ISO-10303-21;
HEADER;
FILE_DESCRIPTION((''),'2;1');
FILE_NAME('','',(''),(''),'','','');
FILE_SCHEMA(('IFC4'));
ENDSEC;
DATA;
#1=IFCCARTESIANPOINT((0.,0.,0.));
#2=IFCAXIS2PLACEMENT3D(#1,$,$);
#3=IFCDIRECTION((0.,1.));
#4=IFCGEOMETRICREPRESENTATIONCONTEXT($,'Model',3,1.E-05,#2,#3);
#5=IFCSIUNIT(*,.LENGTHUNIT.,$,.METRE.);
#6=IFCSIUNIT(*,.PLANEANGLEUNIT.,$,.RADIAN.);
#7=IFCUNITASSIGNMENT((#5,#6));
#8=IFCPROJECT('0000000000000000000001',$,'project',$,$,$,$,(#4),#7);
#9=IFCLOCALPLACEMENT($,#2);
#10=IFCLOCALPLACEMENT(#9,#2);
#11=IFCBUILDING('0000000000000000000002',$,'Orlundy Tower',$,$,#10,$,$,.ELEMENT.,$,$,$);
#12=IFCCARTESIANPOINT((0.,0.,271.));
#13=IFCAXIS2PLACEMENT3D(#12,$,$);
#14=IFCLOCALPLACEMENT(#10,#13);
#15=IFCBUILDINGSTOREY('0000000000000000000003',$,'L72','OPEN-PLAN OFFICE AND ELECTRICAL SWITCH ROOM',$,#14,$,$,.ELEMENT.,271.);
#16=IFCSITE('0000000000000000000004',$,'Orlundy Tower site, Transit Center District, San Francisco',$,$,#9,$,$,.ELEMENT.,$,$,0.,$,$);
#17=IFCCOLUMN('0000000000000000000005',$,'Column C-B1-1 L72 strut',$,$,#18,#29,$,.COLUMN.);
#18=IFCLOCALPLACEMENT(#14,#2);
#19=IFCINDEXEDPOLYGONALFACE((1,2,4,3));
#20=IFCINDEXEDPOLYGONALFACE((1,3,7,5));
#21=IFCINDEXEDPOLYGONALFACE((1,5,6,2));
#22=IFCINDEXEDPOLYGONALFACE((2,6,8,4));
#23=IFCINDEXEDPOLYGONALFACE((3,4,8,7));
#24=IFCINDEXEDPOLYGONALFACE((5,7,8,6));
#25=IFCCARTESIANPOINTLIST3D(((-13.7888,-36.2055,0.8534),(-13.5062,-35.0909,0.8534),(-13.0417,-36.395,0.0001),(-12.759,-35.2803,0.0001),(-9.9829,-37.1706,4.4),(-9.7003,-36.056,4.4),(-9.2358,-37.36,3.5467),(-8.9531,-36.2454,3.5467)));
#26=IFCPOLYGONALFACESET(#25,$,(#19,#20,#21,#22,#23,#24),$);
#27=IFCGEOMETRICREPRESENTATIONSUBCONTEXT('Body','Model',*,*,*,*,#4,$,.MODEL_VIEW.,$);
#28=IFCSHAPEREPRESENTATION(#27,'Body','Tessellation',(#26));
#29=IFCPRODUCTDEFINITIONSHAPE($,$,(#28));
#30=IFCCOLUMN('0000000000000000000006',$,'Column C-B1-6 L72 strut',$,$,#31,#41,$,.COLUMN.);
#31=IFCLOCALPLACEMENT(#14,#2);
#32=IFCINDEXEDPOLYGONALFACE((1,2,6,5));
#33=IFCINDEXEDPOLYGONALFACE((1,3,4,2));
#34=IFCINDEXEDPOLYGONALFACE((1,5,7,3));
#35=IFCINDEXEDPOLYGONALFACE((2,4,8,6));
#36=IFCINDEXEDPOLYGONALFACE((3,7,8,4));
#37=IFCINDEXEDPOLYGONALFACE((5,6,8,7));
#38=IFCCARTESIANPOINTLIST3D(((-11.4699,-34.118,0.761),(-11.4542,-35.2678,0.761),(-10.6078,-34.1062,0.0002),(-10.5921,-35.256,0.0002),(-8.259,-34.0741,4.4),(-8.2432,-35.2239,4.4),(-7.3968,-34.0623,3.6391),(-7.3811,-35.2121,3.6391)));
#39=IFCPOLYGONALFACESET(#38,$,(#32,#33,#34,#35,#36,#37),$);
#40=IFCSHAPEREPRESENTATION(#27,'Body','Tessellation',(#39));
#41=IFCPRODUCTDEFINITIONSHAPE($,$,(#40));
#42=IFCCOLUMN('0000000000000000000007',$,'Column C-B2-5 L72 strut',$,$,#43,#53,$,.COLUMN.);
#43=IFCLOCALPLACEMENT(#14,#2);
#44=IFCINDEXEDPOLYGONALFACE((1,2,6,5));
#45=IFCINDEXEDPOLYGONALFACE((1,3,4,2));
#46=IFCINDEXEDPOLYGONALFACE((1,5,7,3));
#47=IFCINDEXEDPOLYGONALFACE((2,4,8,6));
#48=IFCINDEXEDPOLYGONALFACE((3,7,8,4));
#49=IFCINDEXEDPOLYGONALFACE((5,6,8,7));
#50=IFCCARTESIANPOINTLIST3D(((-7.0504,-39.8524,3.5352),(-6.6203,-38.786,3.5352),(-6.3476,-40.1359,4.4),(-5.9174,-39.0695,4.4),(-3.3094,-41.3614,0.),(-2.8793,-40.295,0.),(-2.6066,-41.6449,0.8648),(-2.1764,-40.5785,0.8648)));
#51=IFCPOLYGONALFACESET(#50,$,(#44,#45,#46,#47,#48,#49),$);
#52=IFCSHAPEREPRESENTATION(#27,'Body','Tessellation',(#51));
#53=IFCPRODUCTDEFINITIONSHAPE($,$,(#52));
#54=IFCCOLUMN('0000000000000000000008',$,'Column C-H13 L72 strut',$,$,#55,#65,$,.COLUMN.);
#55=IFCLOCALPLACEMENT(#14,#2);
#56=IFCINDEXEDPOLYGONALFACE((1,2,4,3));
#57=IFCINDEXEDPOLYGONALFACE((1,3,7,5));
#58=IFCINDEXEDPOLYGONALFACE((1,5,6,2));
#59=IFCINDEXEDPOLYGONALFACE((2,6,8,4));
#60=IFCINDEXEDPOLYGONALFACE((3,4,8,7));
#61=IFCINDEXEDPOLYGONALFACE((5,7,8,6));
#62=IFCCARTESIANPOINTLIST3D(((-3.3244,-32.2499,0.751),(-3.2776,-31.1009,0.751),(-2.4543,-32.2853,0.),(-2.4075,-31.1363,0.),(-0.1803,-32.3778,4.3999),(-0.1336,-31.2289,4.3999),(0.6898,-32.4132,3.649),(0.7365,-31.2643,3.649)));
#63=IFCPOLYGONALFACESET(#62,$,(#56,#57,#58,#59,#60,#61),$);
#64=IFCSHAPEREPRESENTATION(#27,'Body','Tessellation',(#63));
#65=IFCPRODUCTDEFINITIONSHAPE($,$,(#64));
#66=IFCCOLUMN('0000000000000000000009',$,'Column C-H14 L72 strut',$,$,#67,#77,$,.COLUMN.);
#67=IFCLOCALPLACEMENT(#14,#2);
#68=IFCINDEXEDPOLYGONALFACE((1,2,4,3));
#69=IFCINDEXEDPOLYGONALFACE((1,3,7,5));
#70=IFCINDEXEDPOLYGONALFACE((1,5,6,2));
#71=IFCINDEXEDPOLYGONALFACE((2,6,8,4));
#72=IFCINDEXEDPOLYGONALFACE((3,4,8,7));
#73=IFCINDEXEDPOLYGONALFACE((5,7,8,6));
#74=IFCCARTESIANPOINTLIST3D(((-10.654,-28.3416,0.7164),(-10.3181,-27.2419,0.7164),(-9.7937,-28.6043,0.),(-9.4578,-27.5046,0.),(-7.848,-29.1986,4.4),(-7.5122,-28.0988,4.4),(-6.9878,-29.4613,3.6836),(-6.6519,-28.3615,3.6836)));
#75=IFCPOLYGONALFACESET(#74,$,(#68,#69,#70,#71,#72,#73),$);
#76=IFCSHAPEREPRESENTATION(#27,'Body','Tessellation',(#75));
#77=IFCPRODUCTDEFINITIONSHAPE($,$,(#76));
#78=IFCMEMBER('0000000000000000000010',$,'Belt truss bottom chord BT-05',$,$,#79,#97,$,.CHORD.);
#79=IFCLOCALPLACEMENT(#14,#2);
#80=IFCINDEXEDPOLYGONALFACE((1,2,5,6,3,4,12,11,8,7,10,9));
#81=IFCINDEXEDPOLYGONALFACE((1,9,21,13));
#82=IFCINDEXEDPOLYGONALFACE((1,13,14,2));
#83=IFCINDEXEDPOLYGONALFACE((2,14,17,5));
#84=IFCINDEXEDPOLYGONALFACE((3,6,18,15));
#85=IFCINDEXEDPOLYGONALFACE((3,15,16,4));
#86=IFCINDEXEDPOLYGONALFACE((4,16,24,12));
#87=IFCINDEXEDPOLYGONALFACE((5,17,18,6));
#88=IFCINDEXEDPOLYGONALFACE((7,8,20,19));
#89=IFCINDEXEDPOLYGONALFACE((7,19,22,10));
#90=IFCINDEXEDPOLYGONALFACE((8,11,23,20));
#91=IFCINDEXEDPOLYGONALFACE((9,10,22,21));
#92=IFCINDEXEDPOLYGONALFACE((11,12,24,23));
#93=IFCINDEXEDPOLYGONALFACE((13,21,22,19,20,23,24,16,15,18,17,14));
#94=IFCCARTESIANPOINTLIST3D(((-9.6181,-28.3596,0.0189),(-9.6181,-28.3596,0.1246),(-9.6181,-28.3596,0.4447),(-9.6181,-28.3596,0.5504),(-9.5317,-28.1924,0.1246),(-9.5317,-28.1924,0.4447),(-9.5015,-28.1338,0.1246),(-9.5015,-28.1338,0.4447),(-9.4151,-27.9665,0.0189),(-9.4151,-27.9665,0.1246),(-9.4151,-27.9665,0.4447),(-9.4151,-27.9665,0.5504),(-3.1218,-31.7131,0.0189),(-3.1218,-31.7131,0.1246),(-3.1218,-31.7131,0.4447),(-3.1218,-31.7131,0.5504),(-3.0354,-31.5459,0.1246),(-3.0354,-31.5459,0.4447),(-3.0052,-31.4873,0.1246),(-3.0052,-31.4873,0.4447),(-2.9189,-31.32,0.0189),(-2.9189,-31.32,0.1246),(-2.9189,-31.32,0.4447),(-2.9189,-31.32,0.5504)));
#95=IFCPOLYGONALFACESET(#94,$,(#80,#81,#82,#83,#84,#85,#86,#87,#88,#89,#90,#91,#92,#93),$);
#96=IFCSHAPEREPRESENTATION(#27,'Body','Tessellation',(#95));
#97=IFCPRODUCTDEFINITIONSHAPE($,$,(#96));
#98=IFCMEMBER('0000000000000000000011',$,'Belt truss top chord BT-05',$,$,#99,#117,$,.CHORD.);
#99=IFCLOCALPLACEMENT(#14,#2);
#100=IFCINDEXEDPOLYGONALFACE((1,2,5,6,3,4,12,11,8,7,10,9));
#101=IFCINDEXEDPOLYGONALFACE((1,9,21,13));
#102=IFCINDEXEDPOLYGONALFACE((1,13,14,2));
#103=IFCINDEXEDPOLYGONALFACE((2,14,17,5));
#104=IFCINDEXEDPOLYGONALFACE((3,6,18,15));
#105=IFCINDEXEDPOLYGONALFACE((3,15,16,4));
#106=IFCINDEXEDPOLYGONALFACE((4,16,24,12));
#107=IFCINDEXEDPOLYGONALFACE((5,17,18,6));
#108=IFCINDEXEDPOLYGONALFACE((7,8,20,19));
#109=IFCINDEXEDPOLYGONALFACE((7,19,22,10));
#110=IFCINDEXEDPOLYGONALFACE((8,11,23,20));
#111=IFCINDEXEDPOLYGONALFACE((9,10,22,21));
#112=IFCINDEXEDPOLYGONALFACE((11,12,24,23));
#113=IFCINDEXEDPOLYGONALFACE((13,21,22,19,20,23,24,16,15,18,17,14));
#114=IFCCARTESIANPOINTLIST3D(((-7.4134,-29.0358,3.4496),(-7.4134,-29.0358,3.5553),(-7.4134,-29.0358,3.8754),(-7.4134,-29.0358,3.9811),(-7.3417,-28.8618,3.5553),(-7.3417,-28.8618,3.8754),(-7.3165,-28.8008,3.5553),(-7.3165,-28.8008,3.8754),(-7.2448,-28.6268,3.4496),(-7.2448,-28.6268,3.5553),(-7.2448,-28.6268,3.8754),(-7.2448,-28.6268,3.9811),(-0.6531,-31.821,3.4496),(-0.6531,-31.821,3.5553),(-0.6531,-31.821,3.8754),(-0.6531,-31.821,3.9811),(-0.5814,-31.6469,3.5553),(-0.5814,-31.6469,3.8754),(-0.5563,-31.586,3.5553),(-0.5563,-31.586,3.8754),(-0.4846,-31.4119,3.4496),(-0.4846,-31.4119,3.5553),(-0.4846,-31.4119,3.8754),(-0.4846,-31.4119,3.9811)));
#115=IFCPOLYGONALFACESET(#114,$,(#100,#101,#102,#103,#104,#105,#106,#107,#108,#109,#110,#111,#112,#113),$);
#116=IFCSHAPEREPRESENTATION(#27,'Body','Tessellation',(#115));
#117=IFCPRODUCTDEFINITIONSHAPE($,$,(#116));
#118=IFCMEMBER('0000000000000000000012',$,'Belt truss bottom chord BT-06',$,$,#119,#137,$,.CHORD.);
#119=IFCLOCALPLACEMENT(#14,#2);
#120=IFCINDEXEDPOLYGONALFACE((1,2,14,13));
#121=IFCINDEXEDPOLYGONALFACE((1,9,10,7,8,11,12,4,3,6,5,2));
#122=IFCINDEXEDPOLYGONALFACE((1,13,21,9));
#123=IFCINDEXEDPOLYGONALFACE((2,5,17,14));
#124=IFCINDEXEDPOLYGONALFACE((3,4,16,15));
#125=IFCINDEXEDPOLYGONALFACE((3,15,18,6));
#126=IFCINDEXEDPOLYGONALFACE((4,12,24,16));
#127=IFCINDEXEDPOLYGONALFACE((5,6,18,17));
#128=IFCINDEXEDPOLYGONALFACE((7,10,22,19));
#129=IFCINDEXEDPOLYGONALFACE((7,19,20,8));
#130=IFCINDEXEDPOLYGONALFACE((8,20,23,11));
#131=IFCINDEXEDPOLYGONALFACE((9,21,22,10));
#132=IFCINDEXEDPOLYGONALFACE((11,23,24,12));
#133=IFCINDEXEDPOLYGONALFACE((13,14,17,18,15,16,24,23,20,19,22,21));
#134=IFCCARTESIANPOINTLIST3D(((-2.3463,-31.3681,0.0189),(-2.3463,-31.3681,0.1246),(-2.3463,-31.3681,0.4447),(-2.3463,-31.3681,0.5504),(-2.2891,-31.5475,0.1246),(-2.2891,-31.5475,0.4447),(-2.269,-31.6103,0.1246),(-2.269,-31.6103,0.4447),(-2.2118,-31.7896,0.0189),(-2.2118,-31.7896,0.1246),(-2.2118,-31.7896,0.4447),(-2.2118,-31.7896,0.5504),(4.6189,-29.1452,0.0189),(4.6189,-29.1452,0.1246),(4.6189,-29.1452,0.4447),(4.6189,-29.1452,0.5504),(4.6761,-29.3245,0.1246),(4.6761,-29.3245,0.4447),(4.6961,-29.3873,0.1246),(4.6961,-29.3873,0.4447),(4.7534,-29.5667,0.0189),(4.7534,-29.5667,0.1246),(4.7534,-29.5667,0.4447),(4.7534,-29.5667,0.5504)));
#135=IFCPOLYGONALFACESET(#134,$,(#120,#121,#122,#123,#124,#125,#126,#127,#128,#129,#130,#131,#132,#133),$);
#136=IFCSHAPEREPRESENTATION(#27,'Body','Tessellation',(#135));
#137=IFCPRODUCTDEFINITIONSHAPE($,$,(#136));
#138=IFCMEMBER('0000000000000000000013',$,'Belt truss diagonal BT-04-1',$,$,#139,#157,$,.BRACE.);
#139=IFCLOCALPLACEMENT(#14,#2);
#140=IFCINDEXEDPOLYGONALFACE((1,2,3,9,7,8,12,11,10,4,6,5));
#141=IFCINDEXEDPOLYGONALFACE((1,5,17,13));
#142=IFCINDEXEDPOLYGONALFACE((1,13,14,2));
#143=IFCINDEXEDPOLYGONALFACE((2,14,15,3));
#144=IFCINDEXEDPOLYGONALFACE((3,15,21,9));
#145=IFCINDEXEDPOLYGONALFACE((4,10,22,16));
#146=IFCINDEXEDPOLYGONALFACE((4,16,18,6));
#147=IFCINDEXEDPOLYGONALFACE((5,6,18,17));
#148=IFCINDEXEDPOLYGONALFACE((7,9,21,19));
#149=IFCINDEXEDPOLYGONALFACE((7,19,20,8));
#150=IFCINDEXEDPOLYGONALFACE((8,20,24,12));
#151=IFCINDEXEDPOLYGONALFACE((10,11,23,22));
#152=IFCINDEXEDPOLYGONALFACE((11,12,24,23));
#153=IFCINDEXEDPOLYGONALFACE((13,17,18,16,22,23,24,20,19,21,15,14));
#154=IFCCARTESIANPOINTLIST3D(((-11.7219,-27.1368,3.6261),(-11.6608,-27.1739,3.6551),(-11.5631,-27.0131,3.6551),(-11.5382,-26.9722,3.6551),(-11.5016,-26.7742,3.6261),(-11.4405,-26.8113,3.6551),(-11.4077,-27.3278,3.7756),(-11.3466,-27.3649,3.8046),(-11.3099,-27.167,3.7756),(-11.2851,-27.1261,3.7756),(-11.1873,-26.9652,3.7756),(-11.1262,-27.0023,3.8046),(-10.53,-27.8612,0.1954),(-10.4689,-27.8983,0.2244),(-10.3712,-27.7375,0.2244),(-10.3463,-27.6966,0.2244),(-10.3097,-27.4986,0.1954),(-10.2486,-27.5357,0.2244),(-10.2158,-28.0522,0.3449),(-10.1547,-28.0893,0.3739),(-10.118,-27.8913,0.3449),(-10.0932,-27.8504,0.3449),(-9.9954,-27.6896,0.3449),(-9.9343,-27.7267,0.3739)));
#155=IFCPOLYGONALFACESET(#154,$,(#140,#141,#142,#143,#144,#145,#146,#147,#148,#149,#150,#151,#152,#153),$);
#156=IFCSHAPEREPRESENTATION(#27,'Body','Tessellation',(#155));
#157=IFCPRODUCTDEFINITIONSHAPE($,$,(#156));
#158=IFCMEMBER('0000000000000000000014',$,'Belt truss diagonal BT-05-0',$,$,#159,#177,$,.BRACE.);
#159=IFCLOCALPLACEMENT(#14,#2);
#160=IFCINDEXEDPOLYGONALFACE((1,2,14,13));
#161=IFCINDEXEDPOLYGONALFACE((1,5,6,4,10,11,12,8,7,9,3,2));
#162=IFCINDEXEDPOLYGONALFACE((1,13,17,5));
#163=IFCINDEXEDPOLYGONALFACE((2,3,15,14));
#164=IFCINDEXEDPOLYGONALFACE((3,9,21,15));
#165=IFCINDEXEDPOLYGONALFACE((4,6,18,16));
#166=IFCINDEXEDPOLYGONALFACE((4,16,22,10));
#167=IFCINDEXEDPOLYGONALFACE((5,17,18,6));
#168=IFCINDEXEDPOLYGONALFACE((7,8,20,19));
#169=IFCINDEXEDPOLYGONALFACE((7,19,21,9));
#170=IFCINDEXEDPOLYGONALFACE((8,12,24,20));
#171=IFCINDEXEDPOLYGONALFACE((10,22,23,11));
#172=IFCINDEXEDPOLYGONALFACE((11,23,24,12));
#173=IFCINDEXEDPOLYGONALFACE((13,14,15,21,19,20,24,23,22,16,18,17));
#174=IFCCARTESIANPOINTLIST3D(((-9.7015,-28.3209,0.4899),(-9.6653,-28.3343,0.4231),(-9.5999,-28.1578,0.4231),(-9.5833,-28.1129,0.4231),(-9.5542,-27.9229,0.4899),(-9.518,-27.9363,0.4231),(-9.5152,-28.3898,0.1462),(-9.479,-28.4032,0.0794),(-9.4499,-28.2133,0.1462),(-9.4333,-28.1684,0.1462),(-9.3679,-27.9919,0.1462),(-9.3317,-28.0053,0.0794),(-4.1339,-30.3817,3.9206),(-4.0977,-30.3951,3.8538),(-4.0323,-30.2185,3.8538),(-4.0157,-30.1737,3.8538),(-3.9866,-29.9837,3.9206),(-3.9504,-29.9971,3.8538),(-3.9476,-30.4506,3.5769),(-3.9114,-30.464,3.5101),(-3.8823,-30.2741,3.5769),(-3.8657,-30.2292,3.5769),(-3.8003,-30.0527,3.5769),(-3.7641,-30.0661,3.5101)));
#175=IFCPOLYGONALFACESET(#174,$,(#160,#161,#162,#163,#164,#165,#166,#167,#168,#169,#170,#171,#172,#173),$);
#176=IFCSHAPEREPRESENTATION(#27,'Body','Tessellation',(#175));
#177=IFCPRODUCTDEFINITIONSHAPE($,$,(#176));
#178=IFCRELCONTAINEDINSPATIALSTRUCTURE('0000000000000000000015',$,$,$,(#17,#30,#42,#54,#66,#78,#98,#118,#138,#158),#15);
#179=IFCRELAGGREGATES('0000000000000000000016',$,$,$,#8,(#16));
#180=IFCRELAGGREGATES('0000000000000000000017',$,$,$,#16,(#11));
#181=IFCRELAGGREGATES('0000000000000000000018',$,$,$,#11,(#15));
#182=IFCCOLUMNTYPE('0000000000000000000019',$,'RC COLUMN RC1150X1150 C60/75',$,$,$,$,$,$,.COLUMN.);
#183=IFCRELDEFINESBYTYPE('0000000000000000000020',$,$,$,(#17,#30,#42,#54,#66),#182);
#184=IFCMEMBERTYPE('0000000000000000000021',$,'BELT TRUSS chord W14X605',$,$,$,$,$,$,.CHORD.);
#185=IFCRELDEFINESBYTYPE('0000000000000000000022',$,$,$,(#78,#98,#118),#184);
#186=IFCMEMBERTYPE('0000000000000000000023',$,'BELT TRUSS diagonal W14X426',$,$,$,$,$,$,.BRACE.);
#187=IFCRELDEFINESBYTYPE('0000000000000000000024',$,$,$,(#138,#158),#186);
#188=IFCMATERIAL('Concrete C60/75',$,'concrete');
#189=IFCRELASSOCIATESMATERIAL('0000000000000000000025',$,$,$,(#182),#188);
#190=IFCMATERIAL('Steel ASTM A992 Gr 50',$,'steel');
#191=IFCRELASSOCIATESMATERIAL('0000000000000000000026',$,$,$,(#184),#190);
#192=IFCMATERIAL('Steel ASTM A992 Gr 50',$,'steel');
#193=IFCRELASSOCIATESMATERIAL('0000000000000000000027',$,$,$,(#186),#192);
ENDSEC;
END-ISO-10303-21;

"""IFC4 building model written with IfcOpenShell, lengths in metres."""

from ifc_helpers import new_model, si_unit, direction, frame, origin, origin_2d, place, context, subcontext, project, spatial, rectangle, i_section, extrude, material, material_profile, profile_set, type_object, element, save


model = new_model("IFC4")

# Units and contexts
model_context = context("Model", 3, precision=1e-05, world=origin(), true_north=direction((0.0, 1.0)))
body_context = subcontext(model_context, "Body", "Model", "MODEL_VIEW")
ifc_project = project(units=[si_unit("LENGTHUNIT", "METRE"), si_unit("PLANEANGLEUNIT", "RADIAN")], contexts=[model_context])

# Site, building, storey
site_placement = place(None, origin())
site = spatial("IfcSite", under=ifc_project, at=site_placement, Name="Orlundy Tower site, Transit Center District, San Francisco", CompositionType="ELEMENT", RefElevation=0.0)
building_placement = place(site_placement, origin())
building = spatial("IfcBuilding", under=site, at=building_placement, Name="Orlundy Tower", CompositionType="ELEMENT")
storey_placement = place(building_placement, frame((0.0, 0.0, 271.0)))
storey = spatial("IfcBuildingStorey", under=building, at=storey_placement, Name="L72", Description="OPEN-PLAN OFFICE AND ELECTRICAL SWITCH ROOM", CompositionType="ELEMENT", Elevation=271.0)

# Columns
ifc_material_1 = material(Name="Concrete C60/75", Category="concrete")
ifc_material_profile_1 = material_profile(ifc_material_1, rectangle(XDim=1.1499, YDim=1.1499, at=origin_2d()), Name="RC1150X1150")
ifc_profile_set_1 = profile_set([ifc_material_profile_1], Name="Concrete C60/75")
column_type = type_object("IfcColumnType", Name="RC COLUMN RC1150X1150 C60/75", PredefinedType="COLUMN", material=ifc_profile_set_1)
column_1_placement = place(storey_placement, frame((-13.2739, -35.7429, 0.4268), z_axis=(0.719314, -0.182401, 0.670311), x_axis=(0.245797, 0.969321, 0.0)))
element("IfcColumn", 1, at=column_1_placement, inside=storey, type_object=column_type, Name="Column C-B1-1 L72 strut", PredefinedType="COLUMN", context=body_context, shape_type="SweptSolid", body=[
    extrude(rectangle(XDim=1.1499, YDim=1.1499, at=origin_2d()), origin(), (0.0, 0.0, 1.0), 5.291),
])
column_2_placement = place(storey_placement, frame((-11.031, -34.687, 0.3806), z_axis=(0.661609, 0.009055, 0.749794), x_axis=(-0.013685, 0.999906, 0.0)))
element("IfcColumn", 2, at=column_2_placement, inside=storey, type_object=column_type, Name="Column C-B1-6 L72 strut", PredefinedType="COLUMN", context=body_context, shape_type="SweptSolid", body=[
    extrude(rectangle(XDim=1.1499, YDim=1.1499, at=origin_2d()), origin(), (0.0, 0.0, 1.0), 4.8533),
])
column_3_placement = place(storey_placement, frame((-2.7429, -40.97, 0.4324), z_axis=(-0.697459, 0.281342, 0.659088), x_axis=(-0.374092, -0.927392, 0.0)))
element("IfcColumn", 3, at=column_3_placement, inside=storey, type_object=column_type, Name="Column C-B2-5 L72 strut", PredefinedType="COLUMN", context=body_context, shape_type="SweptSolid", body=[
    extrude(rectangle(XDim=1.1499, YDim=1.1499, at=origin_2d()), origin(), (0.0, 0.0, 1.0), 5.3638),
])
column_4_placement = place(storey_placement, frame((-2.866, -31.6931, 0.3755), z_axis=(0.652521, -0.026551, 0.757305), x_axis=(0.040656, 0.999173, 0.0)))
element("IfcColumn", 4, at=column_4_placement, inside=storey, type_object=column_type, Name="Column C-H13 L72 strut", PredefinedType="COLUMN", context=body_context, shape_type="SweptSolid", body=[
    extrude(rectangle(XDim=1.1499, YDim=1.1499, at=origin_2d()), origin(), (0.0, 0.0, 1.0), 4.8184),
])
column_5_placement = place(storey_placement, frame((-10.0559, -27.9231, 0.3582), z_axis=(0.595839, -0.181971, 0.782217), x_axis=(0.292085, 0.956392, 0.0)))
element("IfcColumn", 5, at=column_5_placement, inside=storey, type_object=column_type, Name="Column C-H14 L72 strut", PredefinedType="COLUMN", context=body_context, shape_type="SweptSolid", body=[
    extrude(rectangle(XDim=1.1499, YDim=1.1499, at=origin_2d()), origin(), (0.0, 0.0, 1.0), 4.7092),
])

# Members
ifc_material_2 = material(Name="Steel ASTM A992 Gr 50", Category="steel")
ifc_material_profile_2 = material_profile(ifc_material_2, i_section(OverallWidth=0.4424, OverallDepth=0.5315, WebThickness=0.0659, FlangeThickness=0.1057, at=origin_2d()), Name="W14X605")
ifc_profile_set_2 = profile_set([ifc_material_profile_2], Name="Steel ASTM A992 Gr 50")
member_type_1 = type_object("IfcMemberType", Name="BELT TRUSS chord W14X605", PredefinedType="CHORD", material=ifc_profile_set_2)
member_1_placement = place(storey_placement, frame((-9.5166, -28.1631, 0.2847), z_axis=(0.888589, -0.458704, 0.0), x_axis=(0.458704, 0.888589, 0.0)))
element("IfcMember", 6, at=member_1_placement, inside=storey, type_object=member_type_1, Name="Belt truss bottom chord BT-05", PredefinedType="CHORD", context=body_context, shape_type="SweptSolid", body=[
    extrude(i_section(OverallWidth=0.4424, OverallDepth=0.5315, WebThickness=0.0659, FlangeThickness=0.1057, at=origin_2d()), origin(), (0.0, 0.0, 1.0), 7.3108),
])
member_2_placement = place(storey_placement, frame((-7.3291, -28.8313, 3.7153), z_axis=(0.924605, -0.380928, 0.0), x_axis=(0.380928, 0.924605, 0.0)))
element("IfcMember", 7, at=member_2_placement, inside=storey, type_object=member_type_1, Name="Belt truss top chord BT-05", PredefinedType="CHORD", context=body_context, shape_type="SweptSolid", body=[
    extrude(i_section(OverallWidth=0.4424, OverallDepth=0.5315, WebThickness=0.0659, FlangeThickness=0.1057, at=origin_2d()), origin(), (0.0, 0.0, 1.0), 7.3115),
])
member_3_placement = place(storey_placement, frame((-2.2791, -31.5789, 0.2847), z_axis=(0.952659, 0.30404, 0.0), x_axis=(-0.30404, 0.952659, 0.0)))
element("IfcMember", 8, at=member_3_placement, inside=storey, type_object=member_type_1, Name="Belt truss bottom chord BT-06", PredefinedType="CHORD", context=body_context, shape_type="SweptSolid", body=[
    extrude(i_section(OverallWidth=0.4424, OverallDepth=0.5315, WebThickness=0.0659, FlangeThickness=0.1057, at=origin_2d()), origin(), (0.0, 0.0, 1.0), 7.3113),
])
ifc_material_3 = material(Name="Steel ASTM A992 Gr 50", Category="steel")
ifc_material_profile_3 = material_profile(ifc_material_3, i_section(OverallWidth=0.4243, OverallDepth=0.4741, WebThickness=0.0479, FlangeThickness=0.0771, at=origin_2d()), Name="W14X426")
ifc_profile_set_3 = profile_set([ifc_material_profile_3], Name="Steel ASTM A992 Gr 50")
member_type_2 = type_object("IfcMemberType", Name="BELT TRUSS diagonal W14X426", PredefinedType="BRACE", material=ifc_profile_set_3)
member_4_placement = place(storey_placement, frame((-11.4241, -27.0696, 3.7153), z_axis=(0.321843, -0.195597, -0.926369), x_axis=(0.519353, 0.85456, 0.0)))
element("IfcMember", 9, at=member_4_placement, inside=storey, type_object=member_type_2, Name="Belt truss diagonal BT-04-1", PredefinedType="BRACE", context=body_context, shape_type="SweptSolid", body=[
    extrude(i_section(OverallWidth=0.4243, OverallDepth=0.4741, WebThickness=0.0479, FlangeThickness=0.0771, at=origin_2d()), origin(), (0.0, 0.0, 1.0), 3.7034),
])
member_5_placement = place(storey_placement, frame((-9.5166, -28.1631, 0.2847), z_axis=(0.811994, -0.30055, 0.500335), x_axis=(0.347123, 0.93782, 0.0)))
element("IfcMember", 10, at=member_5_placement, inside=storey, type_object=member_type_2, Name="Belt truss diagonal BT-05-0", PredefinedType="BRACE", context=body_context, shape_type="SweptSolid", body=[
    extrude(i_section(OverallWidth=0.4243, OverallDepth=0.4741, WebThickness=0.0479, FlangeThickness=0.0771, at=origin_2d()), origin(), (0.0, 0.0, 1.0), 6.8567),
])

save(model, "model.ifc")
